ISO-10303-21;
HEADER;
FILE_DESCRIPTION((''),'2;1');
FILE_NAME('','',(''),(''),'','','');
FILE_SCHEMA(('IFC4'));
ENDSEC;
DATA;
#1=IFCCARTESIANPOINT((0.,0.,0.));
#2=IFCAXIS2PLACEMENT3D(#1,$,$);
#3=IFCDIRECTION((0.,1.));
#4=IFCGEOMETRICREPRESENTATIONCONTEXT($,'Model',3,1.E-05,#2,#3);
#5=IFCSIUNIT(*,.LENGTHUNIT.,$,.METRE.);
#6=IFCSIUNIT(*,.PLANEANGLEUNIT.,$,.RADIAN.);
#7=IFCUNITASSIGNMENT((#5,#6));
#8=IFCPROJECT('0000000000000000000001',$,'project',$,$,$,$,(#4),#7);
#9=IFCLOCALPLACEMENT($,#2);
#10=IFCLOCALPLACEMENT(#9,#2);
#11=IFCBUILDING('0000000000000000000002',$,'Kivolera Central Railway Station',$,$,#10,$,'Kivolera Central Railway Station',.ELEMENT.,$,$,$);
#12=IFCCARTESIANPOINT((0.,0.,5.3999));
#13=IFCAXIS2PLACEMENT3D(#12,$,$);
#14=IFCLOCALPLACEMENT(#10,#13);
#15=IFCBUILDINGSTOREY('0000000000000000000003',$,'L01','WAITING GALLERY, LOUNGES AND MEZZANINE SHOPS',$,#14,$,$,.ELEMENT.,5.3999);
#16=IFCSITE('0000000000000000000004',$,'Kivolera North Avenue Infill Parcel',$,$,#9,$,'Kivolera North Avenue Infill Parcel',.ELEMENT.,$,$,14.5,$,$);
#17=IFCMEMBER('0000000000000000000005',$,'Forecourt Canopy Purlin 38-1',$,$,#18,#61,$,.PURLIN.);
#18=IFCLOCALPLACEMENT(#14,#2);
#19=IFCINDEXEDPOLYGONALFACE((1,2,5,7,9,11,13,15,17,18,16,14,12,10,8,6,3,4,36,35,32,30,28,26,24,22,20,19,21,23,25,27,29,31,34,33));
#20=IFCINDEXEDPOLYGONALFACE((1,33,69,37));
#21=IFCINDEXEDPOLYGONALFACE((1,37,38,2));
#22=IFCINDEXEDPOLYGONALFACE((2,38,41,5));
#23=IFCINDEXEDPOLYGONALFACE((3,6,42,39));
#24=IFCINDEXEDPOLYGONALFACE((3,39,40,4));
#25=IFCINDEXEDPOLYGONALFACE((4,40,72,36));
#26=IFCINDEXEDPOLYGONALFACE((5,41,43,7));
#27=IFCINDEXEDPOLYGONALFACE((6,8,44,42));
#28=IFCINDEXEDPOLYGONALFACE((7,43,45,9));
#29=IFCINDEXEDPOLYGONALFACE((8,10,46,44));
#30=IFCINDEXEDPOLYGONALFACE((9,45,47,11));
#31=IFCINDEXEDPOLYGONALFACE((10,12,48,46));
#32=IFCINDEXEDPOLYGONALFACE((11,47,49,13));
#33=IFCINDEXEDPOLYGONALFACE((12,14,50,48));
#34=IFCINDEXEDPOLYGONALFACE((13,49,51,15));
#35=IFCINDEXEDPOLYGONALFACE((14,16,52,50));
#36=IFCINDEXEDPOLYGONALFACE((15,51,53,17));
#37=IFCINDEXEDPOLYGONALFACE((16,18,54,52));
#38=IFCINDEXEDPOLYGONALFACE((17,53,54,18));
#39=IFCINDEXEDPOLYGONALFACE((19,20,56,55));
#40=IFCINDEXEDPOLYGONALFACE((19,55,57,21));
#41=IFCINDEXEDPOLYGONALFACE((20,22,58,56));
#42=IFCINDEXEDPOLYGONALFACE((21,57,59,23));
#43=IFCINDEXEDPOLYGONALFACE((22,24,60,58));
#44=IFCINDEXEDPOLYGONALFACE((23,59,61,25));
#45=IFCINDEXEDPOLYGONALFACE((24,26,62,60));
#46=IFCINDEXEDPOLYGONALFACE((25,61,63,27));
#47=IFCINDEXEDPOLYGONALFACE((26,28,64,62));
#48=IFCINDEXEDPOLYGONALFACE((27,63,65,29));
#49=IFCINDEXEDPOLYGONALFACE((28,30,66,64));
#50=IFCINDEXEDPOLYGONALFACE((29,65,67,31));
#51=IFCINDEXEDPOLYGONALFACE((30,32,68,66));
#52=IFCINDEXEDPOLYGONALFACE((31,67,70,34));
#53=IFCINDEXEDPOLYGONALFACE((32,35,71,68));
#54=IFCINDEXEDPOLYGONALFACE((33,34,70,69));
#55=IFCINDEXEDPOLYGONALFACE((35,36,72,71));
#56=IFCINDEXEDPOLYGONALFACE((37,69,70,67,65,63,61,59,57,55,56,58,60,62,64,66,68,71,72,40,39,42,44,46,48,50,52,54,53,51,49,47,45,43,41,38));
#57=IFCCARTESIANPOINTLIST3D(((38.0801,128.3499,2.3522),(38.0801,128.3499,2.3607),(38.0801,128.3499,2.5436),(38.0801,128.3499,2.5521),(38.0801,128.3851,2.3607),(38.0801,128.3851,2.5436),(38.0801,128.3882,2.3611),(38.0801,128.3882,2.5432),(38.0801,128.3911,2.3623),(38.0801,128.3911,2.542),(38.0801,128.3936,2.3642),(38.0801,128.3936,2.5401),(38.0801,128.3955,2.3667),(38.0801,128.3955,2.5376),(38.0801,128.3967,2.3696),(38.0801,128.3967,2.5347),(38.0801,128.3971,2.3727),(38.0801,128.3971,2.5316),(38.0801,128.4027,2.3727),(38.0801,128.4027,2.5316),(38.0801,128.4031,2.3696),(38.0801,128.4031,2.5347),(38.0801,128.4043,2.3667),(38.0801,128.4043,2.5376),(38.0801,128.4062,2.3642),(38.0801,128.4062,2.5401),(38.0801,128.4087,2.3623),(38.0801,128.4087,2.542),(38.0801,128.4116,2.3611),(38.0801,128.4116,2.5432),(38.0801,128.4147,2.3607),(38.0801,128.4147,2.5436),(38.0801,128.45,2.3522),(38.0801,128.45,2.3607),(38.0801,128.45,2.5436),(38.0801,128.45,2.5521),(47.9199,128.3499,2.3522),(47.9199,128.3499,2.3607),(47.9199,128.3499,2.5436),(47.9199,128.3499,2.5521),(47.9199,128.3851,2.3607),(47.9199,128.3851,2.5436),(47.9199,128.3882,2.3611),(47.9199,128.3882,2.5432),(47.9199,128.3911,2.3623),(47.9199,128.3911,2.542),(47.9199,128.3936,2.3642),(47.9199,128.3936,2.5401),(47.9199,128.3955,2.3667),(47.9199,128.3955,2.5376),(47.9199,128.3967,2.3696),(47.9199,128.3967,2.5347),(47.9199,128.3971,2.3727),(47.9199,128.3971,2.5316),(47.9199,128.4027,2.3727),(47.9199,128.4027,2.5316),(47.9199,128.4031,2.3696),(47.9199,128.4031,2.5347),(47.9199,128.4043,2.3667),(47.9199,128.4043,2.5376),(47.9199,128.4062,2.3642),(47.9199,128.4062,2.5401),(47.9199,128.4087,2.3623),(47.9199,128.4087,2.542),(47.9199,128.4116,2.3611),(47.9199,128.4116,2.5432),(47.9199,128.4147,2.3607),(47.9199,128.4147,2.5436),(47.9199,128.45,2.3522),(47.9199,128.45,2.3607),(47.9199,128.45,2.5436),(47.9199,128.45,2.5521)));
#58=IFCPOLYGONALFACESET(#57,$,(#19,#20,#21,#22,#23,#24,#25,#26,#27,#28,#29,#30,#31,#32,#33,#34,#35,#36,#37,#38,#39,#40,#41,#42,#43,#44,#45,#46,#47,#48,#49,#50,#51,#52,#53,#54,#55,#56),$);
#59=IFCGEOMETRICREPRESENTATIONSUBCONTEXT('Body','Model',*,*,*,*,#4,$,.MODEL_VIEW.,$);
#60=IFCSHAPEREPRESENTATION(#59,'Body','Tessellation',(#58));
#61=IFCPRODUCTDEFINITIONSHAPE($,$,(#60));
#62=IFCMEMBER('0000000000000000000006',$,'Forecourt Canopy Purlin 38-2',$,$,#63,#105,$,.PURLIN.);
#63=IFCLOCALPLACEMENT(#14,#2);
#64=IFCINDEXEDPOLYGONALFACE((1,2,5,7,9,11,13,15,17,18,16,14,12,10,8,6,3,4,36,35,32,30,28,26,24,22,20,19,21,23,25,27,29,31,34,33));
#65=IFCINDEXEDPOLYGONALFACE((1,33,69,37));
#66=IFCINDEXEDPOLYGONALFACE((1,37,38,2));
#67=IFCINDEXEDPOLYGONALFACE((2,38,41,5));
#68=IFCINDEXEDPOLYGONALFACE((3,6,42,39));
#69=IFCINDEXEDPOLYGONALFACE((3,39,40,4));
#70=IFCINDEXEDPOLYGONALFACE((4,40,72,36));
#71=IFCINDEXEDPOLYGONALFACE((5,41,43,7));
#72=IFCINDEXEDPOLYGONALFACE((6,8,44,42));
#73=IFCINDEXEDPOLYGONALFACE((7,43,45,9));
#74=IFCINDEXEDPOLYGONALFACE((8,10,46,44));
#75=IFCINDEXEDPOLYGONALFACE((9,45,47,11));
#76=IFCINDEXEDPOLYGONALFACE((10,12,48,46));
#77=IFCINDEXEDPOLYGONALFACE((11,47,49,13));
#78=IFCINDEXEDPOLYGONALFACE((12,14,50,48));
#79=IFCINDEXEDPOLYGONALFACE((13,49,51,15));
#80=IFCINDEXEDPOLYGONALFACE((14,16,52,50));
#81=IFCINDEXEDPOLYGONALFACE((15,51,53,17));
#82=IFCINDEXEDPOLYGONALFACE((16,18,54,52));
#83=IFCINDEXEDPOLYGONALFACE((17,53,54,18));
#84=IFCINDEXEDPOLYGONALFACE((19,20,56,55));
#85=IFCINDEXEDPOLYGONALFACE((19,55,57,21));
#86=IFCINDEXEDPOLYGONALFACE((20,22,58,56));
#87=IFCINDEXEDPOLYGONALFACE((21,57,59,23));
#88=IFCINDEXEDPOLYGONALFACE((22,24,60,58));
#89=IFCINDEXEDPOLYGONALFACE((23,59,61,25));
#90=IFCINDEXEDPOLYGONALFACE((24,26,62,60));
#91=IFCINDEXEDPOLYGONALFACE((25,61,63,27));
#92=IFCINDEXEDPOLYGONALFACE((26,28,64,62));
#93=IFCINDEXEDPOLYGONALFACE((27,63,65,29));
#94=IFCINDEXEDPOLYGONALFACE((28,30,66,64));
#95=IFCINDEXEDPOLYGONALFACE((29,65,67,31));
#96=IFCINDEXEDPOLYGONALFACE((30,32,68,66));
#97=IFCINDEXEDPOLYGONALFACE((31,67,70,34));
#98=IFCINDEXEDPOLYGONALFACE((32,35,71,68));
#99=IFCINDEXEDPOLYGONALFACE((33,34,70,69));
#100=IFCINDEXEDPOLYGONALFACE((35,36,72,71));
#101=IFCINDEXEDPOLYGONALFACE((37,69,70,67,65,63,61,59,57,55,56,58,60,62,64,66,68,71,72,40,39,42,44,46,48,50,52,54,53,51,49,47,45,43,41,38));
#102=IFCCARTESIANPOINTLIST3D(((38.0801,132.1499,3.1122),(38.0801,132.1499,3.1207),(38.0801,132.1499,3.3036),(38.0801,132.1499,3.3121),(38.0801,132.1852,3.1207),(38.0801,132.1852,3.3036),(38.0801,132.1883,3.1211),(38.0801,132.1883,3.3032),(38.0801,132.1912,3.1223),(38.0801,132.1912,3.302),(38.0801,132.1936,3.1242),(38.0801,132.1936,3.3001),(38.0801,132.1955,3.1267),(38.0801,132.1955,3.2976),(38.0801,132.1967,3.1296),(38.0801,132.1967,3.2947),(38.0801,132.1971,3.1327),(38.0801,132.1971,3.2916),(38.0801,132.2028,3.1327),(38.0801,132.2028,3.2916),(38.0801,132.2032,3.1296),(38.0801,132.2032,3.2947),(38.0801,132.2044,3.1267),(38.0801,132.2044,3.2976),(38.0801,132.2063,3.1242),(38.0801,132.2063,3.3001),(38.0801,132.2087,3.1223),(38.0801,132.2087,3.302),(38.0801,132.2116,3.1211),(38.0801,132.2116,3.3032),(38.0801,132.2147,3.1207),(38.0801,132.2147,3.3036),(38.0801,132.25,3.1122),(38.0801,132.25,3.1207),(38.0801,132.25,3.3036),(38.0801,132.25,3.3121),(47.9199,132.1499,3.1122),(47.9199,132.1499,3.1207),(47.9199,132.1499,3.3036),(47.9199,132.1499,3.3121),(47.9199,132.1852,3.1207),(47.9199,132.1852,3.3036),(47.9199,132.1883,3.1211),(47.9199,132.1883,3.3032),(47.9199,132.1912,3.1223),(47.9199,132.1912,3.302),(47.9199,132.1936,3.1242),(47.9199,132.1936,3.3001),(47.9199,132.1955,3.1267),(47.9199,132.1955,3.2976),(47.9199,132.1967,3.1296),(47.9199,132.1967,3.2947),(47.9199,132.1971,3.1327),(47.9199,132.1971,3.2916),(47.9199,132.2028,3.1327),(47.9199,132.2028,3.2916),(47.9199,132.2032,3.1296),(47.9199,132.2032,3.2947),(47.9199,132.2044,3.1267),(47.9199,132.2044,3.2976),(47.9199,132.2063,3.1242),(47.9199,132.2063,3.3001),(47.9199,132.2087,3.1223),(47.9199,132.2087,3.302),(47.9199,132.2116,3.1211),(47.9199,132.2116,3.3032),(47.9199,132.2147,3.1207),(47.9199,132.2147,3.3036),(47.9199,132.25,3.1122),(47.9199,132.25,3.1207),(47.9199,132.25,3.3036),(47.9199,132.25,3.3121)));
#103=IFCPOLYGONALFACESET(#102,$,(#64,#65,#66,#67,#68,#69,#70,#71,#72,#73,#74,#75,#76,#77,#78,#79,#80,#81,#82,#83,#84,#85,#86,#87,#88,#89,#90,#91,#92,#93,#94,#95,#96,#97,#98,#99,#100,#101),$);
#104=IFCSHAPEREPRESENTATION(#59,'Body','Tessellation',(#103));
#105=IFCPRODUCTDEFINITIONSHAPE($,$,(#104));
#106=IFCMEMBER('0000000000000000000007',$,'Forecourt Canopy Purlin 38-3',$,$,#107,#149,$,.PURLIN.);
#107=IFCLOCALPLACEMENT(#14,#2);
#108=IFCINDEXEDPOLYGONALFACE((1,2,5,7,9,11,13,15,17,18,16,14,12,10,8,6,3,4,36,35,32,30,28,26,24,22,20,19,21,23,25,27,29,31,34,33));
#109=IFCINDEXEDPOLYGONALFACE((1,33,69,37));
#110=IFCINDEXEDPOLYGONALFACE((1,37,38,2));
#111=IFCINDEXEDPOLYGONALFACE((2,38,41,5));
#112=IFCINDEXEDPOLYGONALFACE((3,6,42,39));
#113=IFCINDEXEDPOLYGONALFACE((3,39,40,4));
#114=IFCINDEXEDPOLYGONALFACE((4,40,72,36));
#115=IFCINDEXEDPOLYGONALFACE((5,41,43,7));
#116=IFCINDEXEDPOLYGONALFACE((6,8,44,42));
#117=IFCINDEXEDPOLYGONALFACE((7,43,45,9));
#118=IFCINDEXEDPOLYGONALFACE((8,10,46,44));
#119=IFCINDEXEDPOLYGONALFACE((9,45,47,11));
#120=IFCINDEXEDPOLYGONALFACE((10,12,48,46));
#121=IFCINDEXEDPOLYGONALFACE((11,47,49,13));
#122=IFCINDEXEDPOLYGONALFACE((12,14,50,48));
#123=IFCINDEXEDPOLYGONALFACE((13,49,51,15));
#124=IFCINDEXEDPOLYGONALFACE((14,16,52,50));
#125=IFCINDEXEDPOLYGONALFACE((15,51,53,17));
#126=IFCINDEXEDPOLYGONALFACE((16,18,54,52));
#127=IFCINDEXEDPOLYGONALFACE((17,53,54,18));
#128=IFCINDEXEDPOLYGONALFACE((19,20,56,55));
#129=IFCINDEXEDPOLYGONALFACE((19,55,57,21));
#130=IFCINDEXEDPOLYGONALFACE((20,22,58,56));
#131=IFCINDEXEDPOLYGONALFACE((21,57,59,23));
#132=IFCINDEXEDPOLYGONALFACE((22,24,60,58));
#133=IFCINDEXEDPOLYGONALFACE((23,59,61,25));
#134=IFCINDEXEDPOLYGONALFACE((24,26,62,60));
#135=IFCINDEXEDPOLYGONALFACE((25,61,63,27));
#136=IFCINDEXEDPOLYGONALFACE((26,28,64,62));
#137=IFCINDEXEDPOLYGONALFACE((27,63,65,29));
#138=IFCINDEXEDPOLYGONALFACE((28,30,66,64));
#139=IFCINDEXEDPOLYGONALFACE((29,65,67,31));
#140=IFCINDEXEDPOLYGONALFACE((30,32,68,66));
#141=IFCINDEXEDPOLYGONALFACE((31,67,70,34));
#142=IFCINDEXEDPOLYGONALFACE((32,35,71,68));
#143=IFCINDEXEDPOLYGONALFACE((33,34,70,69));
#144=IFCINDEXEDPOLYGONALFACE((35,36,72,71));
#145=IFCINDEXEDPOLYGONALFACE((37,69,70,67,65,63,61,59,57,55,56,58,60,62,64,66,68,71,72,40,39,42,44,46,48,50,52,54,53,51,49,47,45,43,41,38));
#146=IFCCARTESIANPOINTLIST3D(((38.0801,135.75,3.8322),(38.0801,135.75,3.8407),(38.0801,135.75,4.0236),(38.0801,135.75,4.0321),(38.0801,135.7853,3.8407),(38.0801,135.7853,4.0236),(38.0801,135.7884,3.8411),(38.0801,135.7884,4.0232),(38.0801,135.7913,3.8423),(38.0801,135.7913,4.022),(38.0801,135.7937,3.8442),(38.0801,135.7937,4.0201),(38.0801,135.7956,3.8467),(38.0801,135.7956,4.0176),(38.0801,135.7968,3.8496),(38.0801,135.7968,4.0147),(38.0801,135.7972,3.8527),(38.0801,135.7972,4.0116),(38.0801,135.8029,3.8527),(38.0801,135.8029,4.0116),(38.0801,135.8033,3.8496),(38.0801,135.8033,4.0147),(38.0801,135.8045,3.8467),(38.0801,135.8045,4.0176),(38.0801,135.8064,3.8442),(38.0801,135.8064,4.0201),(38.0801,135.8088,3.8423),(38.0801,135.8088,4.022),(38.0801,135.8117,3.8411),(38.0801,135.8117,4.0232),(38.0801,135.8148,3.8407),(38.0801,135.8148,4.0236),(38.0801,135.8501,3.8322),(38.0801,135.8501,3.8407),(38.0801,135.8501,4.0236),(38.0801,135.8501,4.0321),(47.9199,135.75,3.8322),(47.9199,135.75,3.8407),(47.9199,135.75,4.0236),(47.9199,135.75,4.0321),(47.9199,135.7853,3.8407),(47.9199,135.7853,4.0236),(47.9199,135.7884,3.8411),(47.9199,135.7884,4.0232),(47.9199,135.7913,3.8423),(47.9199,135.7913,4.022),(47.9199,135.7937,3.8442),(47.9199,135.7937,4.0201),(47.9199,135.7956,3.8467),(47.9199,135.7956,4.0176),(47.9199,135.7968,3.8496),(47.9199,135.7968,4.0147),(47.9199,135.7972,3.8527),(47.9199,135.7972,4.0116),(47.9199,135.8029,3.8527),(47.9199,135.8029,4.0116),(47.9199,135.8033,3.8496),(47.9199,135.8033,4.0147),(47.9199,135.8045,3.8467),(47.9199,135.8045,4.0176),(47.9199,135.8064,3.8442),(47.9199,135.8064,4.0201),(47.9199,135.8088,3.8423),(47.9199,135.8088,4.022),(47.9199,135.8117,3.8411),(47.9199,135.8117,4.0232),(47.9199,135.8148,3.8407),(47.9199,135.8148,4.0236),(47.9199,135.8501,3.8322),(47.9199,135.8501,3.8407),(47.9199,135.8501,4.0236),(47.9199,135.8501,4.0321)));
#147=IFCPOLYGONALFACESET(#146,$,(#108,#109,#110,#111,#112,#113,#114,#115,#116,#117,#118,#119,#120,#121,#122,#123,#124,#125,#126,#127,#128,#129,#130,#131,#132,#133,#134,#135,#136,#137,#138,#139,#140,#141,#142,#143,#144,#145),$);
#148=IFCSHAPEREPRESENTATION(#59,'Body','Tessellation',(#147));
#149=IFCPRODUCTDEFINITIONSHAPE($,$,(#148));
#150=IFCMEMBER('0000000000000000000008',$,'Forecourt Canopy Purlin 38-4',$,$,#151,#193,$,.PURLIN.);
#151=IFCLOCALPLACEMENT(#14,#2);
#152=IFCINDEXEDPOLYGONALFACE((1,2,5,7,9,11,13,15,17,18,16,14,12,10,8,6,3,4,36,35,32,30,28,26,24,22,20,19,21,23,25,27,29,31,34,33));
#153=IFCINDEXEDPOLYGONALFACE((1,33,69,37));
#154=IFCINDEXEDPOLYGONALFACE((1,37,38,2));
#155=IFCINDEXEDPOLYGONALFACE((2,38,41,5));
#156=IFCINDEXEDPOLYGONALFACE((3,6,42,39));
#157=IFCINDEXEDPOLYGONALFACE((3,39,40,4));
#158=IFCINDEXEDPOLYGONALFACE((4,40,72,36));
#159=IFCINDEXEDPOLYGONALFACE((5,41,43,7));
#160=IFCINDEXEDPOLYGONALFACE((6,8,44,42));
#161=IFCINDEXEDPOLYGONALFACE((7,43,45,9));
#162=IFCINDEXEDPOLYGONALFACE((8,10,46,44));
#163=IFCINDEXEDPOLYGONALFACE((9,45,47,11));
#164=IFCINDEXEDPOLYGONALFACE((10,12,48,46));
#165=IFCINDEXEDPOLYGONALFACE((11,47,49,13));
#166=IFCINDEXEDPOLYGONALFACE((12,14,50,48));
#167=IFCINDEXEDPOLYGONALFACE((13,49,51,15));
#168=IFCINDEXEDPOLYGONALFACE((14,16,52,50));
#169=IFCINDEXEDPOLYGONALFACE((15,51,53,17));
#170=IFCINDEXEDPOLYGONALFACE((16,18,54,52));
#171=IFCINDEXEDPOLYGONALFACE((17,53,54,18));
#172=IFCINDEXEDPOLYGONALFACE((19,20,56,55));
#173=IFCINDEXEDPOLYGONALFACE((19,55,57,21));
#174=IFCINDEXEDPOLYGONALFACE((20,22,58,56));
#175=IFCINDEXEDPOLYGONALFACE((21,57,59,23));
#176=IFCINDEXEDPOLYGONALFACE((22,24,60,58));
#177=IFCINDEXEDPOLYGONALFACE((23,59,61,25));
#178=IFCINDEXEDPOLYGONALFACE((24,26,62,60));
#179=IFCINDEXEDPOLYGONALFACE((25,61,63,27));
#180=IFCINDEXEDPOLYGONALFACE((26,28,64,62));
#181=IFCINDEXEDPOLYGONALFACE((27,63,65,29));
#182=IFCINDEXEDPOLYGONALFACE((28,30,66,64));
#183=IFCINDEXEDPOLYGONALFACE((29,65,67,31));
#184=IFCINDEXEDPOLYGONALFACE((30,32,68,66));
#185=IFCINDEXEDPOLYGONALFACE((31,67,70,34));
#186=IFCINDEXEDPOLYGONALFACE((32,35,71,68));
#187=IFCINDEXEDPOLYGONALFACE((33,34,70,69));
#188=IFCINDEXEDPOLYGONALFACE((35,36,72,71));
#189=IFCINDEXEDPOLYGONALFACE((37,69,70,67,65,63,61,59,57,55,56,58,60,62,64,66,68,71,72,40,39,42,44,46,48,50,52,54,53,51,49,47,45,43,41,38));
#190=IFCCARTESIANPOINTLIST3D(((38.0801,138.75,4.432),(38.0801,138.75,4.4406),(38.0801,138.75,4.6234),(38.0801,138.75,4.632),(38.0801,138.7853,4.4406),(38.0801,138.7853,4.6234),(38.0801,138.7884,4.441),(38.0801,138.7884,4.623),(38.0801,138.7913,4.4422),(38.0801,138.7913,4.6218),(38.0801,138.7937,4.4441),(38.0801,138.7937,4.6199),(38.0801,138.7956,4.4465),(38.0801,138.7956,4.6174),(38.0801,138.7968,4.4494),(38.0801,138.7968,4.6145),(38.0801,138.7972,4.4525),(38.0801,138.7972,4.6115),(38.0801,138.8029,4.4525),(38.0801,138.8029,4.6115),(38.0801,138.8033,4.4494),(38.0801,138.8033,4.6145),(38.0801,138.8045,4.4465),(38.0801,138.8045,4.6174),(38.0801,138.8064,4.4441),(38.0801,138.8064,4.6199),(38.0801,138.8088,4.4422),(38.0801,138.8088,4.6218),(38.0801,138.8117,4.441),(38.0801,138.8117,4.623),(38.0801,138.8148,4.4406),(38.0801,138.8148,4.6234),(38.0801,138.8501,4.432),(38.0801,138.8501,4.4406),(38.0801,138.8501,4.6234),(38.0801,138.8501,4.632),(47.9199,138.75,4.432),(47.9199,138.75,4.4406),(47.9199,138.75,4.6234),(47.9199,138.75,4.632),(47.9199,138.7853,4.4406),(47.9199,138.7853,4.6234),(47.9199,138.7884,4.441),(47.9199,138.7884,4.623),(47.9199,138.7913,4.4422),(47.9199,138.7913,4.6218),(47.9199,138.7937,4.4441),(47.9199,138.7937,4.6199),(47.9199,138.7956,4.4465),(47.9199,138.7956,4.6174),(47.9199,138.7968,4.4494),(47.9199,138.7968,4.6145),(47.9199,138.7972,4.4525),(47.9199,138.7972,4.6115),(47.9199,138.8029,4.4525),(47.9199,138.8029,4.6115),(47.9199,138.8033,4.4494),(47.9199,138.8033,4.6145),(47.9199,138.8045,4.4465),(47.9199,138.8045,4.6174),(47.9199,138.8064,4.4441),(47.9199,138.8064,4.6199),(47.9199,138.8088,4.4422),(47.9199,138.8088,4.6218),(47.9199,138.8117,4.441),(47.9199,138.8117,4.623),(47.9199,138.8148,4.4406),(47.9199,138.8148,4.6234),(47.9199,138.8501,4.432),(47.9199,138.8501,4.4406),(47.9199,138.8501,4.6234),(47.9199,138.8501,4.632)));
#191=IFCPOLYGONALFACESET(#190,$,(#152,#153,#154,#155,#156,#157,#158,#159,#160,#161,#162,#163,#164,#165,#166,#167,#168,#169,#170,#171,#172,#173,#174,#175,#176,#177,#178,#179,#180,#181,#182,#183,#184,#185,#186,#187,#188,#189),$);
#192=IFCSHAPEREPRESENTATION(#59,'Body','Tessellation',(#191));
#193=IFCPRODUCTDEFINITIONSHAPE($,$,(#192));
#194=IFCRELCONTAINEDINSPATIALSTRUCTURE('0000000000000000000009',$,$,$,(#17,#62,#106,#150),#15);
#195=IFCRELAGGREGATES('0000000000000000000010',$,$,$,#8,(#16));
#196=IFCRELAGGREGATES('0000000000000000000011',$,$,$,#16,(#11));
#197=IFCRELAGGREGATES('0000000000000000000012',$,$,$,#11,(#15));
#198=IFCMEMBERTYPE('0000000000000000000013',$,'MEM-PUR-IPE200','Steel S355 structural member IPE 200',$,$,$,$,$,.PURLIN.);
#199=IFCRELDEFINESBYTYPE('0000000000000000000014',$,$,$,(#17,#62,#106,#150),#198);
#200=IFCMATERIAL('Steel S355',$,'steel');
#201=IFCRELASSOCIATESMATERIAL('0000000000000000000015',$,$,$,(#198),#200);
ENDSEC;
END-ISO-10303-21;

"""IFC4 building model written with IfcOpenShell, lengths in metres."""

from ifc_helpers import new_model, si_unit, direction, frame, origin, origin_2d, place, context, subcontext, project, spatial, i_section, extrude, material, material_profile, profile_set, type_object, element, save


model = new_model("IFC4")

# Units and contexts
model_context = context("Model", 3, precision=1e-05, world=origin(), true_north=direction((0.0, 1.0)))
body_context = subcontext(model_context, "Body", "Model", "MODEL_VIEW")
ifc_project = project(units=[si_unit("LENGTHUNIT", "METRE"), si_unit("PLANEANGLEUNIT", "RADIAN")], contexts=[model_context])

# Site, building, storey
site_placement = place(None, origin())
site = spatial("IfcSite", under=ifc_project, at=site_placement, Name="Kivolera North Avenue Infill Parcel", LongName="Kivolera North Avenue Infill Parcel", CompositionType="ELEMENT", RefElevation=14.5)
building_placement = place(site_placement, origin())
building = spatial("IfcBuilding", under=site, at=building_placement, Name="Kivolera Central Railway Station", LongName="Kivolera Central Railway Station", CompositionType="ELEMENT")
storey_placement = place(building_placement, frame((0.0, 0.0, 5.3999)))
storey = spatial("IfcBuildingStorey", under=building, at=storey_placement, Name="L01", Description="WAITING GALLERY, LOUNGES AND MEZZANINE SHOPS", CompositionType="ELEMENT", Elevation=5.3999)

# Shared definitions
ifc_material = material(Name="Steel S355", Category="steel")

# Members
ifc_material_profile_1 = material_profile(ifc_material, i_section(OverallWidth=0.1001, OverallDepth=0.2, WebThickness=0.0056, FlangeThickness=0.0085, FilletRadius=0.012, at=origin_2d()), Name="IPE 200")
ifc_profile_set_1 = profile_set([ifc_material_profile_1], Name="Steel S355")
member_type_1 = type_object("IfcMemberType", Name="MEM-PUR-IPE200", Description="Steel S355 structural member IPE 200", PredefinedType="PURLIN", material=ifc_profile_set_1)
for number, where, z_axis, x_axis, name in (
    (1, (38.0801, 128.3999, 2.4521), (1.0, 0.0, 0.0), (0.0, 1.0, 0.0), "Forecourt Canopy Purlin 38-1"),
    (2, (38.0801, 132.2, 3.2122), (1.0, 0.0, 0.0), (0.0, 1.0, 0.0), "Forecourt Canopy Purlin 38-2"),
    (3, (38.0801, 135.8, 3.9321), (1.0, 0.0, 0.0), (0.0, 1.0, 0.0), "Forecourt Canopy Purlin 38-3"),
    (4, (38.0801, 138.8, 4.532), (1.0, 0.0, 0.0), (0.0, 1.0, 0.0), "Forecourt Canopy Purlin 38-4"),
):
    element("IfcMember", number, at=place(storey_placement, frame(where, z_axis=z_axis, x_axis=x_axis)), inside=storey, type_object=member_type_1, Name=name, PredefinedType="PURLIN", context=body_context, shape_type="SweptSolid", body=[
        extrude(i_section(OverallWidth=0.1001, OverallDepth=0.2, WebThickness=0.0056, FlangeThickness=0.0085, FilletRadius=0.012, at=origin_2d()), origin(), (0.0, 0.0, 1.0), 9.8398),
    ])

save(model, "model.ifc")
